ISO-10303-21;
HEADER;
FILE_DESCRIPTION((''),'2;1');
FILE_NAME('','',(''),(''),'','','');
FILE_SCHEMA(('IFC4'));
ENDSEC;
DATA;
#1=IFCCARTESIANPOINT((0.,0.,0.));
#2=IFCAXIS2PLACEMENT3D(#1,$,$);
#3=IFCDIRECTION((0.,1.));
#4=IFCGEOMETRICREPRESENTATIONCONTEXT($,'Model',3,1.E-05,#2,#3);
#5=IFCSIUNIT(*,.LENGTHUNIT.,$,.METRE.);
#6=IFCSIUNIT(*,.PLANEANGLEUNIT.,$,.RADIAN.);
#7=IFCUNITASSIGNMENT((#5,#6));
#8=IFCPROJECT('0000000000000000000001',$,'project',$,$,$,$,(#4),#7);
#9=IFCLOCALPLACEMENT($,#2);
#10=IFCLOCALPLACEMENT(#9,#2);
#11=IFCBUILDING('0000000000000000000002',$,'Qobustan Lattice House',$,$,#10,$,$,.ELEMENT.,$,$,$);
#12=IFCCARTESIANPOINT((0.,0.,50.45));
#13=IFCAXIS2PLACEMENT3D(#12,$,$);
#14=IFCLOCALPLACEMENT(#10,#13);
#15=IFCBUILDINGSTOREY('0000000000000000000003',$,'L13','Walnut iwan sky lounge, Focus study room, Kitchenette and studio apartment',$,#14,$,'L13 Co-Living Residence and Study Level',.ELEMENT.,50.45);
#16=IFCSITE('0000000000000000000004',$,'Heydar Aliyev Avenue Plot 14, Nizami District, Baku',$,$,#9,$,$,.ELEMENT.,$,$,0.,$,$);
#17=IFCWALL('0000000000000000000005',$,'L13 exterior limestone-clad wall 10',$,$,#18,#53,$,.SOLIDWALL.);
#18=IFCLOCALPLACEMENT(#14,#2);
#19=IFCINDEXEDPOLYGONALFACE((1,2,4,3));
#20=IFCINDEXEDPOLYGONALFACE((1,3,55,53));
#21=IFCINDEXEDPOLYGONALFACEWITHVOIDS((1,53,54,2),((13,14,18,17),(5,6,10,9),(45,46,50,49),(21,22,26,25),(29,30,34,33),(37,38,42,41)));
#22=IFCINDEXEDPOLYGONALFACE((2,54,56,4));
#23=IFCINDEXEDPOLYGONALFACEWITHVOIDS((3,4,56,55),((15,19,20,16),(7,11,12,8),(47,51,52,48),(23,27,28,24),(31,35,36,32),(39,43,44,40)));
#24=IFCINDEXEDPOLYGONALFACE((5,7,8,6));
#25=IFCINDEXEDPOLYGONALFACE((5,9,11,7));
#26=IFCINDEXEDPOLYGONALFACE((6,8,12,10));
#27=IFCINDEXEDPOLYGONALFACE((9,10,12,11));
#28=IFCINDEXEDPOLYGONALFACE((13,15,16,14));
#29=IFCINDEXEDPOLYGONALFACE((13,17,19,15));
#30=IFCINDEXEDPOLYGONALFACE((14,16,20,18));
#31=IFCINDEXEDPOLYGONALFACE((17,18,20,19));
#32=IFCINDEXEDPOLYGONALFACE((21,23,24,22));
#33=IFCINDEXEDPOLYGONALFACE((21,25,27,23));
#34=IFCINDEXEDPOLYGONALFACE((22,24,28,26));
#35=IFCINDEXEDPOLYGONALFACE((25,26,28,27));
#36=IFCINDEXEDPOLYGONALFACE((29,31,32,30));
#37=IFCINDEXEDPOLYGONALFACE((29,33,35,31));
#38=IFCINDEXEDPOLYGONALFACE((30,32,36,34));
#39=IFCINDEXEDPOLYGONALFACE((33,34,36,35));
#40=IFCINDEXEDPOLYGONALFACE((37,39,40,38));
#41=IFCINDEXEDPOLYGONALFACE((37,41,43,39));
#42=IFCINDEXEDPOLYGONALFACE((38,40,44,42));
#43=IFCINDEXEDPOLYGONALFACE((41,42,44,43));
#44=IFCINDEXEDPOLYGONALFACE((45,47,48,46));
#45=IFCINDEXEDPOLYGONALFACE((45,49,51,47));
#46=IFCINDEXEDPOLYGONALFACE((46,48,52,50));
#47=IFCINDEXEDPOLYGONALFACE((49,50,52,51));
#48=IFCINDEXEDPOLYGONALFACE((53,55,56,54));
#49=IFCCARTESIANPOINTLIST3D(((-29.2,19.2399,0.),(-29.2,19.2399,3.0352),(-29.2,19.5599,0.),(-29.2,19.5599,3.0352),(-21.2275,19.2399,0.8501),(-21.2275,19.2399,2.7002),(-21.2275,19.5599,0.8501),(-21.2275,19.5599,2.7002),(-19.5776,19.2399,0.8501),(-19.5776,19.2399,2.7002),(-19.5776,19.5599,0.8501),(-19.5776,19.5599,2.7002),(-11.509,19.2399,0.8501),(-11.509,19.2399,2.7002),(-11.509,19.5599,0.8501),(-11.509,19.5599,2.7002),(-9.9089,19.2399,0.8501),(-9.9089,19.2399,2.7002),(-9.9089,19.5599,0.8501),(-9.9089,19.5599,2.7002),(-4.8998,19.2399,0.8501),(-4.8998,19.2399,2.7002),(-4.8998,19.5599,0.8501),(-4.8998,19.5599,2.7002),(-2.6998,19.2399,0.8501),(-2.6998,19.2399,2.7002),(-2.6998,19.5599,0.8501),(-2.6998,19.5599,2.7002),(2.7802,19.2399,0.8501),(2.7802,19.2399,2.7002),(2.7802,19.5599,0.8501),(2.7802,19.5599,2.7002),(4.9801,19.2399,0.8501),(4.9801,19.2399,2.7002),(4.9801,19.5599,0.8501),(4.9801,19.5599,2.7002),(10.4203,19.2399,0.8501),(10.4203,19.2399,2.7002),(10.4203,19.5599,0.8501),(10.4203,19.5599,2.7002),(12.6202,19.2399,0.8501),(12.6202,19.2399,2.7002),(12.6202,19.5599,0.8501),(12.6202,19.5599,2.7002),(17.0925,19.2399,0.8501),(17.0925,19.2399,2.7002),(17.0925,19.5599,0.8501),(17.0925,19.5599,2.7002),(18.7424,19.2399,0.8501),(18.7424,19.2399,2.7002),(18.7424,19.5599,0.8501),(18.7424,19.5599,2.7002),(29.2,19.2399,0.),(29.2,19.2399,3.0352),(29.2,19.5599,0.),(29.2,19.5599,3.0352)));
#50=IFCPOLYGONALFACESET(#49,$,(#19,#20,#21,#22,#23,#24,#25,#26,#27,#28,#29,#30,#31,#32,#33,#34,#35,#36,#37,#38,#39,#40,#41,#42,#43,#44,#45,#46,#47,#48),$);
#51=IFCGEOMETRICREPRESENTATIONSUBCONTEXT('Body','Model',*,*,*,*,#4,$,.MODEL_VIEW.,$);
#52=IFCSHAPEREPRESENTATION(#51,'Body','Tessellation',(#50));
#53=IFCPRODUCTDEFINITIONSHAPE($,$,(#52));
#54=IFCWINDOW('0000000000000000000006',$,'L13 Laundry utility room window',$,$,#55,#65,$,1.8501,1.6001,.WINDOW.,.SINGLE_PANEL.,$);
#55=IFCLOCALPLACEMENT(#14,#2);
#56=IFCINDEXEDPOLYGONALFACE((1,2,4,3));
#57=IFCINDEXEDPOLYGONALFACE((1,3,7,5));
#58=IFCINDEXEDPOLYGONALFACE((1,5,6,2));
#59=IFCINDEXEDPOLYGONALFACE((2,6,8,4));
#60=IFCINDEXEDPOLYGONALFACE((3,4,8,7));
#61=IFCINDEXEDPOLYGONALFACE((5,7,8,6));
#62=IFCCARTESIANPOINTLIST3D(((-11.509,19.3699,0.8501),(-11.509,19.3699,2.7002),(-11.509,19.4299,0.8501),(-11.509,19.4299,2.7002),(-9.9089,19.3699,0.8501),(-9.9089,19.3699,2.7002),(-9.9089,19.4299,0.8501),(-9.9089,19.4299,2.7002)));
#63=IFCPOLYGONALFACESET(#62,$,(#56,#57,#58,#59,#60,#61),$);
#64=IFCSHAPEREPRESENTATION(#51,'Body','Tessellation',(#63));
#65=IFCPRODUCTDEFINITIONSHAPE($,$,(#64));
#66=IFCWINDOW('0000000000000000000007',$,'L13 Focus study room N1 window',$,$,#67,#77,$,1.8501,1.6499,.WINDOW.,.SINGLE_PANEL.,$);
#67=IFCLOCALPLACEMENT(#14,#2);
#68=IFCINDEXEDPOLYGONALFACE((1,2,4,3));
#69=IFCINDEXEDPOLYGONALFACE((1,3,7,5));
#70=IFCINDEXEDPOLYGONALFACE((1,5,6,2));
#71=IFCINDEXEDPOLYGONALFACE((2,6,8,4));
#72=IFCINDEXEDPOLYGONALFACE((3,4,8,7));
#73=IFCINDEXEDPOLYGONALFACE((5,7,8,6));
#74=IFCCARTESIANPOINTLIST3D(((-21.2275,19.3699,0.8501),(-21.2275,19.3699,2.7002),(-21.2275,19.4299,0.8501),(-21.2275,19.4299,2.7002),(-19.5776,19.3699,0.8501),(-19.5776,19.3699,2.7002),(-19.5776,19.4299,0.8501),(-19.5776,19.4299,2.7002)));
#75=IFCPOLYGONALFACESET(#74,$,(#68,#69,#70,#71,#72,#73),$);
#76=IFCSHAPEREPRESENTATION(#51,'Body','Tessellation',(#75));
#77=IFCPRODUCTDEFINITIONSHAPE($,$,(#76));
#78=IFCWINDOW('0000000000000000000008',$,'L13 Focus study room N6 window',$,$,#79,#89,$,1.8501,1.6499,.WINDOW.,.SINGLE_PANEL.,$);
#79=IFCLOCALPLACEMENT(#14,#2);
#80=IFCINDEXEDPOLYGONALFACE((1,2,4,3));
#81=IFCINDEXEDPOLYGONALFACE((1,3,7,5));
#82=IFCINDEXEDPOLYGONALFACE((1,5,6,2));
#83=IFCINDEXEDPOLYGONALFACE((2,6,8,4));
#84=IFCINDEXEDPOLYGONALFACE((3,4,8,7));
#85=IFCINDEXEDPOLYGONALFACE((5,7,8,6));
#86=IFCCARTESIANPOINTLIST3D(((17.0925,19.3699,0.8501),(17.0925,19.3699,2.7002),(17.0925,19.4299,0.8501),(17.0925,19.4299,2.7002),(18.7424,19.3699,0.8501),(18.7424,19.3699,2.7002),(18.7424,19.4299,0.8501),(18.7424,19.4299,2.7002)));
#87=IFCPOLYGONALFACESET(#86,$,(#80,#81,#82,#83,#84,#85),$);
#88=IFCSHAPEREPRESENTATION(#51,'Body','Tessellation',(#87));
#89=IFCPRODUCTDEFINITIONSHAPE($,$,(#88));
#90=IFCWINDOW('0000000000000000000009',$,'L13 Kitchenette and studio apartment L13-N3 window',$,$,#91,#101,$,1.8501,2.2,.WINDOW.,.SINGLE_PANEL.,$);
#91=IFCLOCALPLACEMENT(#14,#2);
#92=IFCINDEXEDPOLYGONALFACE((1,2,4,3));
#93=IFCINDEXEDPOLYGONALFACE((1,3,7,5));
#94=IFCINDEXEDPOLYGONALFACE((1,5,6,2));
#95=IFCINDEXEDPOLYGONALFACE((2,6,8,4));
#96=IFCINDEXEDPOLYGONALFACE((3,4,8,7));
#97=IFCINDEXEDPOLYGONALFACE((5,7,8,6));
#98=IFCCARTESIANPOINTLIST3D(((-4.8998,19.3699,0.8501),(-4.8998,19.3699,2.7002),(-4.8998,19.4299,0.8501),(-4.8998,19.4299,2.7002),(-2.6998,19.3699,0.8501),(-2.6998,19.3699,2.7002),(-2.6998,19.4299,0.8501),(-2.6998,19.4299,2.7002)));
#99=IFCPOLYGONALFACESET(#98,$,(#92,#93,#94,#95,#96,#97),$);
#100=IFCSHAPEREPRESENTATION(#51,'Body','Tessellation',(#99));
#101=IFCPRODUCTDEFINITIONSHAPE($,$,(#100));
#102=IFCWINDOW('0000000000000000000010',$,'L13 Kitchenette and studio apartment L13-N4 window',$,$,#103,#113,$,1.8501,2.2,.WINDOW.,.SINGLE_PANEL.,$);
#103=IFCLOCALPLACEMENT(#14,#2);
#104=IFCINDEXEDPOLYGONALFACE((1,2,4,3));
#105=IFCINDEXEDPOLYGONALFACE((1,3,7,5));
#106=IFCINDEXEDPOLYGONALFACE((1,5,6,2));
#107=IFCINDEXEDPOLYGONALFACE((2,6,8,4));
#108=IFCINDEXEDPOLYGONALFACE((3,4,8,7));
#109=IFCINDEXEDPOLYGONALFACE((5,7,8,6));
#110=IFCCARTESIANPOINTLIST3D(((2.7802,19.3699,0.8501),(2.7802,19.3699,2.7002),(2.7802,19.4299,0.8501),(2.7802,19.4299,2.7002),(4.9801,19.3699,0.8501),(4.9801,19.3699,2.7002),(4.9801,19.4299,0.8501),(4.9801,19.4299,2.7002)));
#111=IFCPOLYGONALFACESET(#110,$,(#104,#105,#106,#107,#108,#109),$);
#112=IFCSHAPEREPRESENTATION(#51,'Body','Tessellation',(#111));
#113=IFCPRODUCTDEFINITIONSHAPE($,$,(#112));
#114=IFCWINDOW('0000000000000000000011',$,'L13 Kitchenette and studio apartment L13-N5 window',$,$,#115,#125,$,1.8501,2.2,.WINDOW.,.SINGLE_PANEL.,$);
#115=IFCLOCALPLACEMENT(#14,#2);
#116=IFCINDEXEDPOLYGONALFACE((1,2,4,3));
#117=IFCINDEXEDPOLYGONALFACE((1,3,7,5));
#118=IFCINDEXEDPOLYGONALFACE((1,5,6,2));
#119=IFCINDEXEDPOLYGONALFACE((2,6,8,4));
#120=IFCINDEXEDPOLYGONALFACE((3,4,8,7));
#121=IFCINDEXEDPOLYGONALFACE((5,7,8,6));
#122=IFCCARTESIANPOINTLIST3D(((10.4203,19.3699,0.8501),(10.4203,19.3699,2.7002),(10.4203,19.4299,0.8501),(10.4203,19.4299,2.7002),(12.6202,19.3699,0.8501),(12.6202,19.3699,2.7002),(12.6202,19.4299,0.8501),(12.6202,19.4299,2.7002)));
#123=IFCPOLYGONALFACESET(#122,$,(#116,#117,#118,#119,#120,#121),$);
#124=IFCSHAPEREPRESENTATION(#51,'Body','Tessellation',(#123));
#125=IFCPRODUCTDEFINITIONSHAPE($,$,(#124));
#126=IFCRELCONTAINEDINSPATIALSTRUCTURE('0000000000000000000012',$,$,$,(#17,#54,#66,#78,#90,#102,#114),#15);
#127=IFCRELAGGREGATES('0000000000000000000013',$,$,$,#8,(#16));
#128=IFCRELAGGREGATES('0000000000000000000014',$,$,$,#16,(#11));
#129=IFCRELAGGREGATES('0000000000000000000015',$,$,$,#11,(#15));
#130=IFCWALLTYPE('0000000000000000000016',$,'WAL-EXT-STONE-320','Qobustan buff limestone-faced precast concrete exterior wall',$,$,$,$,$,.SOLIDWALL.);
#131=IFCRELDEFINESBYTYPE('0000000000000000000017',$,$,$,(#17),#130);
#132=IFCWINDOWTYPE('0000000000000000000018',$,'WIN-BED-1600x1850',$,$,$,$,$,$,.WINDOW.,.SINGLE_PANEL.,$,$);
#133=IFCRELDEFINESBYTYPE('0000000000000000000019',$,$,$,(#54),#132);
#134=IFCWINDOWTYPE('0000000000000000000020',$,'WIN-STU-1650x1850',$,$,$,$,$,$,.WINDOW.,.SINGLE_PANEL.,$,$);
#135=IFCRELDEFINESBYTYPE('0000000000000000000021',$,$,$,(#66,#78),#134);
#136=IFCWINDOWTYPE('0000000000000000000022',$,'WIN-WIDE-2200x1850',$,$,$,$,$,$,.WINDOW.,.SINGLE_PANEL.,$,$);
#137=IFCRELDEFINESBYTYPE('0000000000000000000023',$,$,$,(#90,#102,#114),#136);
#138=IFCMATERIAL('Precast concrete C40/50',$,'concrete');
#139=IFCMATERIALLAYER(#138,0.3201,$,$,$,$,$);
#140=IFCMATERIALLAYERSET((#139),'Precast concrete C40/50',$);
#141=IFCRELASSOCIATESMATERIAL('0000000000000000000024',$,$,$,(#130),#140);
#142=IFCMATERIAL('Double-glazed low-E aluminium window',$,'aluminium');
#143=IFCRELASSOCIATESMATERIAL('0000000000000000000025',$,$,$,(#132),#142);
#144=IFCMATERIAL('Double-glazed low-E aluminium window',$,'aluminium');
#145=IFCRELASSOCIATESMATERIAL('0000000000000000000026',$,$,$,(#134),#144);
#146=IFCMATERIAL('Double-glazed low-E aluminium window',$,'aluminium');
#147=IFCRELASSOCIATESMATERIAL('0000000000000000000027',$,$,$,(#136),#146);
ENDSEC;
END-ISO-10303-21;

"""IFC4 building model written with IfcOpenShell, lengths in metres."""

from ifc_helpers import new_model, si_unit, direction, frame, frame_2d, origin, place, context, subcontext, project, spatial, rectangle, extrude, material, layer, layer_set, type_object, element, fill, save


model = new_model("IFC4")

# Units and contexts
model_context = context("Model", 3, precision=1e-05, world=origin(), true_north=direction((0.0, 1.0)))
body_context = subcontext(model_context, "Body", "Model", "MODEL_VIEW")
ifc_project = project(units=[si_unit("LENGTHUNIT", "METRE"), si_unit("PLANEANGLEUNIT", "RADIAN")], contexts=[model_context])

# Site, building, storey
site_placement = place(None, origin())
site = spatial("IfcSite", under=ifc_project, at=site_placement, Name="Heydar Aliyev Avenue Plot 14, Nizami District, Baku", CompositionType="ELEMENT", RefElevation=0.0)
building_placement = place(site_placement, origin())
building = spatial("IfcBuilding", under=site, at=building_placement, Name="Qobustan Lattice House", CompositionType="ELEMENT")
storey_placement = place(building_placement, frame((0.0, 0.0, 50.45)))
storey = spatial("IfcBuildingStorey", under=building, at=storey_placement, Name="L13", Description="Walnut iwan sky lounge, Focus study room, Kitchenette and studio apartment", LongName="L13 Co-Living Residence and Study Level", CompositionType="ELEMENT", Elevation=50.45)

# Shared definitions
ifc_material_1 = material(Name="Precast concrete C40/50", Category="concrete")
ifc_layer_1 = layer(ifc_material_1, 0.3201)
ifc_layer_set_1 = layer_set([ifc_layer_1], Name="Precast concrete C40/50")
wall_type = type_object("IfcWallType", Name="WAL-EXT-STONE-320", Description="Qobustan buff limestone-faced precast concrete exterior wall", PredefinedType="SOLIDWALL", material=ifc_layer_set_1)

# Wall, openings, windows
wall_1_placement = place(storey_placement, frame((-29.2, 19.3999, 0.0), z_axis=(0.0, 0.0, 1.0), x_axis=(1.0, 0.0, 0.0)))
wall_1 = element("IfcWall", 1, at=wall_1_placement, inside=storey, type_object=wall_type, Name="L13 exterior limestone-clad wall 10", PredefinedType="SOLIDWALL", context=body_context, shape_type="SweptSolid", body=[
    extrude(rectangle(XDim=58.3999, YDim=0.3201, at=frame_2d((29.2, 0.0))), origin(), (0.0, 0.0, 1.0), 3.0352),
])
opening_1_placement = place(wall_1_placement, frame((7.9724, 0.0, 0.8501)))
opening_1 = element("IfcOpeningElement", 2, at=opening_1_placement, cuts=wall_1, PredefinedType="OPENING", context=body_context, shape_type="SweptSolid", body=[
    extrude(rectangle(XDim=1.6499, YDim=1.8501, at=frame_2d((0.825, 0.925))), frame((0.0, 0.1699, 0.0), z_axis=(0.0, -1.0, 0.0), x_axis=(1.0, 0.0, 0.0)), (0.0, 0.0, 1.0), 0.3401),
])
opening_2_placement = place(wall_1_placement, frame((17.6909, 0.0, 0.8501)))
opening_2 = element("IfcOpeningElement", 3, at=opening_2_placement, cuts=wall_1, PredefinedType="OPENING", context=body_context, shape_type="SweptSolid", body=[
    extrude(rectangle(XDim=1.6001, YDim=1.8501, at=frame_2d((0.8, 0.925))), frame((0.0, 0.1699, 0.0), z_axis=(0.0, -1.0, 0.0), x_axis=(1.0, 0.0, 0.0)), (0.0, 0.0, 1.0), 0.3401),
])
opening_3_placement = place(wall_1_placement, frame((24.3, 0.0, 0.8501)))
opening_3 = element("IfcOpeningElement", 4, at=opening_3_placement, cuts=wall_1, PredefinedType="OPENING", context=body_context, shape_type="SweptSolid", body=[
    extrude(rectangle(XDim=2.2, YDim=1.8501, at=frame_2d((1.1001, 0.925))), frame((0.0, 0.1699, 0.0), z_axis=(0.0, -1.0, 0.0), x_axis=(1.0, 0.0, 0.0)), (0.0, 0.0, 1.0), 0.3401),
])
opening_4_placement = place(wall_1_placement, frame((31.98, 0.0, 0.8501)))
opening_4 = element("IfcOpeningElement", 5, at=opening_4_placement, cuts=wall_1, PredefinedType="OPENING", context=body_context, shape_type="SweptSolid", body=[
    extrude(rectangle(XDim=2.2, YDim=1.8501, at=frame_2d((1.1001, 0.925))), frame((0.0, 0.1699, 0.0), z_axis=(0.0, -1.0, 0.0), x_axis=(1.0, 0.0, 0.0)), (0.0, 0.0, 1.0), 0.3401),
])
opening_5_placement = place(wall_1_placement, frame((39.6201, 0.0, 0.8501)))
opening_5 = element("IfcOpeningElement", 6, at=opening_5_placement, cuts=wall_1, PredefinedType="OPENING", context=body_context, shape_type="SweptSolid", body=[
    extrude(rectangle(XDim=2.2, YDim=1.8501, at=frame_2d((1.1001, 0.925))), frame((0.0, 0.1699, 0.0), z_axis=(0.0, -1.0, 0.0), x_axis=(1.0, 0.0, 0.0)), (0.0, 0.0, 1.0), 0.3401),
])
opening_6_placement = place(wall_1_placement, frame((46.2925, 0.0, 0.8501)))
opening_6 = element("IfcOpeningElement", 7, at=opening_6_placement, cuts=wall_1, PredefinedType="OPENING", context=body_context, shape_type="SweptSolid", body=[
    extrude(rectangle(XDim=1.6499, YDim=1.8501, at=frame_2d((0.825, 0.925))), frame((0.0, 0.1699, 0.0), z_axis=(0.0, -1.0, 0.0), x_axis=(1.0, 0.0, 0.0)), (0.0, 0.0, 1.0), 0.3401),
])
ifc_material_2 = material(Name="Double-glazed low-E aluminium window", Category="aluminium")
window_type_1 = type_object("IfcWindowType", Name="WIN-BED-1600x1850", PartitioningType="SINGLE_PANEL", PredefinedType="WINDOW", material=ifc_material_2)
window_1_placement = place(opening_2_placement, origin())
window_1 = element("IfcWindow", 8, at=window_1_placement, inside=storey, type_object=window_type_1, Name="L13 Laundry utility room window", OverallHeight=1.8501, OverallWidth=1.6001, PartitioningType="SINGLE_PANEL", PredefinedType="WINDOW", context=body_context, shape_type="SweptSolid", body=[
    extrude(rectangle(XDim=1.6001, YDim=1.8501, at=frame_2d((0.8, 0.925))), frame((0.0, 0.03, 0.0), z_axis=(0.0, -1.0, 0.0), x_axis=(1.0, 0.0, 0.0)), (0.0, 0.0, 1.0), 0.0601),
])
fill(opening_2, window_1)
ifc_material_3 = material(Name="Double-glazed low-E aluminium window", Category="aluminium")
window_type_2 = type_object("IfcWindowType", Name="WIN-STU-1650x1850", PartitioningType="SINGLE_PANEL", PredefinedType="WINDOW", material=ifc_material_3)
window_2_placement = place(opening_1_placement, origin())
window_2 = element("IfcWindow", 9, at=window_2_placement, inside=storey, type_object=window_type_2, Name="L13 Focus study room N1 window", OverallHeight=1.8501, OverallWidth=1.6499, PartitioningType="SINGLE_PANEL", PredefinedType="WINDOW", context=body_context, shape_type="SweptSolid", body=[
    extrude(rectangle(XDim=1.6499, YDim=1.8501, at=frame_2d((0.825, 0.925))), frame((0.0, 0.03, 0.0), z_axis=(0.0, -1.0, 0.0), x_axis=(1.0, 0.0, 0.0)), (0.0, 0.0, 1.0), 0.0601),
])
fill(opening_1, window_2)
window_3_placement = place(opening_6_placement, origin())
window_3 = element("IfcWindow", 10, at=window_3_placement, inside=storey, type_object=window_type_2, Name="L13 Focus study room N6 window", OverallHeight=1.8501, OverallWidth=1.6499, PartitioningType="SINGLE_PANEL", PredefinedType="WINDOW", context=body_context, shape_type="SweptSolid", body=[
    extrude(rectangle(XDim=1.6499, YDim=1.8501, at=frame_2d((0.825, 0.925))), frame((0.0, 0.03, 0.0), z_axis=(0.0, -1.0, 0.0), x_axis=(1.0, 0.0, 0.0)), (0.0, 0.0, 1.0), 0.0601),
])
fill(opening_6, window_3)
ifc_material_4 = material(Name="Double-glazed low-E aluminium window", Category="aluminium")
window_type_3 = type_object("IfcWindowType", Name="WIN-WIDE-2200x1850", PartitioningType="SINGLE_PANEL", PredefinedType="WINDOW", material=ifc_material_4)
window_4_placement = place(opening_3_placement, origin())
window_4 = element("IfcWindow", 11, at=window_4_placement, inside=storey, type_object=window_type_3, Name="L13 Kitchenette and studio apartment L13-N3 window", OverallHeight=1.8501, OverallWidth=2.2, PartitioningType="SINGLE_PANEL", PredefinedType="WINDOW", context=body_context, shape_type="SweptSolid", body=[
    extrude(rectangle(XDim=2.2, YDim=1.8501, at=frame_2d((1.1001, 0.925))), frame((0.0, 0.03, 0.0), z_axis=(0.0, -1.0, 0.0), x_axis=(1.0, 0.0, 0.0)), (0.0, 0.0, 1.0), 0.0601),
])
fill(opening_3, window_4)
window_5_placement = place(opening_4_placement, origin())
window_5 = element("IfcWindow", 12, at=window_5_placement, inside=storey, type_object=window_type_3, Name="L13 Kitchenette and studio apartment L13-N4 window", OverallHeight=1.8501, OverallWidth=2.2, PartitioningType="SINGLE_PANEL", PredefinedType="WINDOW", context=body_context, shape_type="SweptSolid", body=[
    extrude(rectangle(XDim=2.2, YDim=1.8501, at=frame_2d((1.1001, 0.925))), frame((0.0, 0.03, 0.0), z_axis=(0.0, -1.0, 0.0), x_axis=(1.0, 0.0, 0.0)), (0.0, 0.0, 1.0), 0.0601),
])
fill(opening_4, window_5)
window_6_placement = place(opening_5_placement, origin())
window_6 = element("IfcWindow", 13, at=window_6_placement, inside=storey, type_object=window_type_3, Name="L13 Kitchenette and studio apartment L13-N5 window", OverallHeight=1.8501, OverallWidth=2.2, PartitioningType="SINGLE_PANEL", PredefinedType="WINDOW", context=body_context, shape_type="SweptSolid", body=[
    extrude(rectangle(XDim=2.2, YDim=1.8501, at=frame_2d((1.1001, 0.925))), frame((0.0, 0.03, 0.0), z_axis=(0.0, -1.0, 0.0), x_axis=(1.0, 0.0, 0.0)), (0.0, 0.0, 1.0), 0.0601),
])
fill(opening_5, window_6)

save(model, "model.ifc")
